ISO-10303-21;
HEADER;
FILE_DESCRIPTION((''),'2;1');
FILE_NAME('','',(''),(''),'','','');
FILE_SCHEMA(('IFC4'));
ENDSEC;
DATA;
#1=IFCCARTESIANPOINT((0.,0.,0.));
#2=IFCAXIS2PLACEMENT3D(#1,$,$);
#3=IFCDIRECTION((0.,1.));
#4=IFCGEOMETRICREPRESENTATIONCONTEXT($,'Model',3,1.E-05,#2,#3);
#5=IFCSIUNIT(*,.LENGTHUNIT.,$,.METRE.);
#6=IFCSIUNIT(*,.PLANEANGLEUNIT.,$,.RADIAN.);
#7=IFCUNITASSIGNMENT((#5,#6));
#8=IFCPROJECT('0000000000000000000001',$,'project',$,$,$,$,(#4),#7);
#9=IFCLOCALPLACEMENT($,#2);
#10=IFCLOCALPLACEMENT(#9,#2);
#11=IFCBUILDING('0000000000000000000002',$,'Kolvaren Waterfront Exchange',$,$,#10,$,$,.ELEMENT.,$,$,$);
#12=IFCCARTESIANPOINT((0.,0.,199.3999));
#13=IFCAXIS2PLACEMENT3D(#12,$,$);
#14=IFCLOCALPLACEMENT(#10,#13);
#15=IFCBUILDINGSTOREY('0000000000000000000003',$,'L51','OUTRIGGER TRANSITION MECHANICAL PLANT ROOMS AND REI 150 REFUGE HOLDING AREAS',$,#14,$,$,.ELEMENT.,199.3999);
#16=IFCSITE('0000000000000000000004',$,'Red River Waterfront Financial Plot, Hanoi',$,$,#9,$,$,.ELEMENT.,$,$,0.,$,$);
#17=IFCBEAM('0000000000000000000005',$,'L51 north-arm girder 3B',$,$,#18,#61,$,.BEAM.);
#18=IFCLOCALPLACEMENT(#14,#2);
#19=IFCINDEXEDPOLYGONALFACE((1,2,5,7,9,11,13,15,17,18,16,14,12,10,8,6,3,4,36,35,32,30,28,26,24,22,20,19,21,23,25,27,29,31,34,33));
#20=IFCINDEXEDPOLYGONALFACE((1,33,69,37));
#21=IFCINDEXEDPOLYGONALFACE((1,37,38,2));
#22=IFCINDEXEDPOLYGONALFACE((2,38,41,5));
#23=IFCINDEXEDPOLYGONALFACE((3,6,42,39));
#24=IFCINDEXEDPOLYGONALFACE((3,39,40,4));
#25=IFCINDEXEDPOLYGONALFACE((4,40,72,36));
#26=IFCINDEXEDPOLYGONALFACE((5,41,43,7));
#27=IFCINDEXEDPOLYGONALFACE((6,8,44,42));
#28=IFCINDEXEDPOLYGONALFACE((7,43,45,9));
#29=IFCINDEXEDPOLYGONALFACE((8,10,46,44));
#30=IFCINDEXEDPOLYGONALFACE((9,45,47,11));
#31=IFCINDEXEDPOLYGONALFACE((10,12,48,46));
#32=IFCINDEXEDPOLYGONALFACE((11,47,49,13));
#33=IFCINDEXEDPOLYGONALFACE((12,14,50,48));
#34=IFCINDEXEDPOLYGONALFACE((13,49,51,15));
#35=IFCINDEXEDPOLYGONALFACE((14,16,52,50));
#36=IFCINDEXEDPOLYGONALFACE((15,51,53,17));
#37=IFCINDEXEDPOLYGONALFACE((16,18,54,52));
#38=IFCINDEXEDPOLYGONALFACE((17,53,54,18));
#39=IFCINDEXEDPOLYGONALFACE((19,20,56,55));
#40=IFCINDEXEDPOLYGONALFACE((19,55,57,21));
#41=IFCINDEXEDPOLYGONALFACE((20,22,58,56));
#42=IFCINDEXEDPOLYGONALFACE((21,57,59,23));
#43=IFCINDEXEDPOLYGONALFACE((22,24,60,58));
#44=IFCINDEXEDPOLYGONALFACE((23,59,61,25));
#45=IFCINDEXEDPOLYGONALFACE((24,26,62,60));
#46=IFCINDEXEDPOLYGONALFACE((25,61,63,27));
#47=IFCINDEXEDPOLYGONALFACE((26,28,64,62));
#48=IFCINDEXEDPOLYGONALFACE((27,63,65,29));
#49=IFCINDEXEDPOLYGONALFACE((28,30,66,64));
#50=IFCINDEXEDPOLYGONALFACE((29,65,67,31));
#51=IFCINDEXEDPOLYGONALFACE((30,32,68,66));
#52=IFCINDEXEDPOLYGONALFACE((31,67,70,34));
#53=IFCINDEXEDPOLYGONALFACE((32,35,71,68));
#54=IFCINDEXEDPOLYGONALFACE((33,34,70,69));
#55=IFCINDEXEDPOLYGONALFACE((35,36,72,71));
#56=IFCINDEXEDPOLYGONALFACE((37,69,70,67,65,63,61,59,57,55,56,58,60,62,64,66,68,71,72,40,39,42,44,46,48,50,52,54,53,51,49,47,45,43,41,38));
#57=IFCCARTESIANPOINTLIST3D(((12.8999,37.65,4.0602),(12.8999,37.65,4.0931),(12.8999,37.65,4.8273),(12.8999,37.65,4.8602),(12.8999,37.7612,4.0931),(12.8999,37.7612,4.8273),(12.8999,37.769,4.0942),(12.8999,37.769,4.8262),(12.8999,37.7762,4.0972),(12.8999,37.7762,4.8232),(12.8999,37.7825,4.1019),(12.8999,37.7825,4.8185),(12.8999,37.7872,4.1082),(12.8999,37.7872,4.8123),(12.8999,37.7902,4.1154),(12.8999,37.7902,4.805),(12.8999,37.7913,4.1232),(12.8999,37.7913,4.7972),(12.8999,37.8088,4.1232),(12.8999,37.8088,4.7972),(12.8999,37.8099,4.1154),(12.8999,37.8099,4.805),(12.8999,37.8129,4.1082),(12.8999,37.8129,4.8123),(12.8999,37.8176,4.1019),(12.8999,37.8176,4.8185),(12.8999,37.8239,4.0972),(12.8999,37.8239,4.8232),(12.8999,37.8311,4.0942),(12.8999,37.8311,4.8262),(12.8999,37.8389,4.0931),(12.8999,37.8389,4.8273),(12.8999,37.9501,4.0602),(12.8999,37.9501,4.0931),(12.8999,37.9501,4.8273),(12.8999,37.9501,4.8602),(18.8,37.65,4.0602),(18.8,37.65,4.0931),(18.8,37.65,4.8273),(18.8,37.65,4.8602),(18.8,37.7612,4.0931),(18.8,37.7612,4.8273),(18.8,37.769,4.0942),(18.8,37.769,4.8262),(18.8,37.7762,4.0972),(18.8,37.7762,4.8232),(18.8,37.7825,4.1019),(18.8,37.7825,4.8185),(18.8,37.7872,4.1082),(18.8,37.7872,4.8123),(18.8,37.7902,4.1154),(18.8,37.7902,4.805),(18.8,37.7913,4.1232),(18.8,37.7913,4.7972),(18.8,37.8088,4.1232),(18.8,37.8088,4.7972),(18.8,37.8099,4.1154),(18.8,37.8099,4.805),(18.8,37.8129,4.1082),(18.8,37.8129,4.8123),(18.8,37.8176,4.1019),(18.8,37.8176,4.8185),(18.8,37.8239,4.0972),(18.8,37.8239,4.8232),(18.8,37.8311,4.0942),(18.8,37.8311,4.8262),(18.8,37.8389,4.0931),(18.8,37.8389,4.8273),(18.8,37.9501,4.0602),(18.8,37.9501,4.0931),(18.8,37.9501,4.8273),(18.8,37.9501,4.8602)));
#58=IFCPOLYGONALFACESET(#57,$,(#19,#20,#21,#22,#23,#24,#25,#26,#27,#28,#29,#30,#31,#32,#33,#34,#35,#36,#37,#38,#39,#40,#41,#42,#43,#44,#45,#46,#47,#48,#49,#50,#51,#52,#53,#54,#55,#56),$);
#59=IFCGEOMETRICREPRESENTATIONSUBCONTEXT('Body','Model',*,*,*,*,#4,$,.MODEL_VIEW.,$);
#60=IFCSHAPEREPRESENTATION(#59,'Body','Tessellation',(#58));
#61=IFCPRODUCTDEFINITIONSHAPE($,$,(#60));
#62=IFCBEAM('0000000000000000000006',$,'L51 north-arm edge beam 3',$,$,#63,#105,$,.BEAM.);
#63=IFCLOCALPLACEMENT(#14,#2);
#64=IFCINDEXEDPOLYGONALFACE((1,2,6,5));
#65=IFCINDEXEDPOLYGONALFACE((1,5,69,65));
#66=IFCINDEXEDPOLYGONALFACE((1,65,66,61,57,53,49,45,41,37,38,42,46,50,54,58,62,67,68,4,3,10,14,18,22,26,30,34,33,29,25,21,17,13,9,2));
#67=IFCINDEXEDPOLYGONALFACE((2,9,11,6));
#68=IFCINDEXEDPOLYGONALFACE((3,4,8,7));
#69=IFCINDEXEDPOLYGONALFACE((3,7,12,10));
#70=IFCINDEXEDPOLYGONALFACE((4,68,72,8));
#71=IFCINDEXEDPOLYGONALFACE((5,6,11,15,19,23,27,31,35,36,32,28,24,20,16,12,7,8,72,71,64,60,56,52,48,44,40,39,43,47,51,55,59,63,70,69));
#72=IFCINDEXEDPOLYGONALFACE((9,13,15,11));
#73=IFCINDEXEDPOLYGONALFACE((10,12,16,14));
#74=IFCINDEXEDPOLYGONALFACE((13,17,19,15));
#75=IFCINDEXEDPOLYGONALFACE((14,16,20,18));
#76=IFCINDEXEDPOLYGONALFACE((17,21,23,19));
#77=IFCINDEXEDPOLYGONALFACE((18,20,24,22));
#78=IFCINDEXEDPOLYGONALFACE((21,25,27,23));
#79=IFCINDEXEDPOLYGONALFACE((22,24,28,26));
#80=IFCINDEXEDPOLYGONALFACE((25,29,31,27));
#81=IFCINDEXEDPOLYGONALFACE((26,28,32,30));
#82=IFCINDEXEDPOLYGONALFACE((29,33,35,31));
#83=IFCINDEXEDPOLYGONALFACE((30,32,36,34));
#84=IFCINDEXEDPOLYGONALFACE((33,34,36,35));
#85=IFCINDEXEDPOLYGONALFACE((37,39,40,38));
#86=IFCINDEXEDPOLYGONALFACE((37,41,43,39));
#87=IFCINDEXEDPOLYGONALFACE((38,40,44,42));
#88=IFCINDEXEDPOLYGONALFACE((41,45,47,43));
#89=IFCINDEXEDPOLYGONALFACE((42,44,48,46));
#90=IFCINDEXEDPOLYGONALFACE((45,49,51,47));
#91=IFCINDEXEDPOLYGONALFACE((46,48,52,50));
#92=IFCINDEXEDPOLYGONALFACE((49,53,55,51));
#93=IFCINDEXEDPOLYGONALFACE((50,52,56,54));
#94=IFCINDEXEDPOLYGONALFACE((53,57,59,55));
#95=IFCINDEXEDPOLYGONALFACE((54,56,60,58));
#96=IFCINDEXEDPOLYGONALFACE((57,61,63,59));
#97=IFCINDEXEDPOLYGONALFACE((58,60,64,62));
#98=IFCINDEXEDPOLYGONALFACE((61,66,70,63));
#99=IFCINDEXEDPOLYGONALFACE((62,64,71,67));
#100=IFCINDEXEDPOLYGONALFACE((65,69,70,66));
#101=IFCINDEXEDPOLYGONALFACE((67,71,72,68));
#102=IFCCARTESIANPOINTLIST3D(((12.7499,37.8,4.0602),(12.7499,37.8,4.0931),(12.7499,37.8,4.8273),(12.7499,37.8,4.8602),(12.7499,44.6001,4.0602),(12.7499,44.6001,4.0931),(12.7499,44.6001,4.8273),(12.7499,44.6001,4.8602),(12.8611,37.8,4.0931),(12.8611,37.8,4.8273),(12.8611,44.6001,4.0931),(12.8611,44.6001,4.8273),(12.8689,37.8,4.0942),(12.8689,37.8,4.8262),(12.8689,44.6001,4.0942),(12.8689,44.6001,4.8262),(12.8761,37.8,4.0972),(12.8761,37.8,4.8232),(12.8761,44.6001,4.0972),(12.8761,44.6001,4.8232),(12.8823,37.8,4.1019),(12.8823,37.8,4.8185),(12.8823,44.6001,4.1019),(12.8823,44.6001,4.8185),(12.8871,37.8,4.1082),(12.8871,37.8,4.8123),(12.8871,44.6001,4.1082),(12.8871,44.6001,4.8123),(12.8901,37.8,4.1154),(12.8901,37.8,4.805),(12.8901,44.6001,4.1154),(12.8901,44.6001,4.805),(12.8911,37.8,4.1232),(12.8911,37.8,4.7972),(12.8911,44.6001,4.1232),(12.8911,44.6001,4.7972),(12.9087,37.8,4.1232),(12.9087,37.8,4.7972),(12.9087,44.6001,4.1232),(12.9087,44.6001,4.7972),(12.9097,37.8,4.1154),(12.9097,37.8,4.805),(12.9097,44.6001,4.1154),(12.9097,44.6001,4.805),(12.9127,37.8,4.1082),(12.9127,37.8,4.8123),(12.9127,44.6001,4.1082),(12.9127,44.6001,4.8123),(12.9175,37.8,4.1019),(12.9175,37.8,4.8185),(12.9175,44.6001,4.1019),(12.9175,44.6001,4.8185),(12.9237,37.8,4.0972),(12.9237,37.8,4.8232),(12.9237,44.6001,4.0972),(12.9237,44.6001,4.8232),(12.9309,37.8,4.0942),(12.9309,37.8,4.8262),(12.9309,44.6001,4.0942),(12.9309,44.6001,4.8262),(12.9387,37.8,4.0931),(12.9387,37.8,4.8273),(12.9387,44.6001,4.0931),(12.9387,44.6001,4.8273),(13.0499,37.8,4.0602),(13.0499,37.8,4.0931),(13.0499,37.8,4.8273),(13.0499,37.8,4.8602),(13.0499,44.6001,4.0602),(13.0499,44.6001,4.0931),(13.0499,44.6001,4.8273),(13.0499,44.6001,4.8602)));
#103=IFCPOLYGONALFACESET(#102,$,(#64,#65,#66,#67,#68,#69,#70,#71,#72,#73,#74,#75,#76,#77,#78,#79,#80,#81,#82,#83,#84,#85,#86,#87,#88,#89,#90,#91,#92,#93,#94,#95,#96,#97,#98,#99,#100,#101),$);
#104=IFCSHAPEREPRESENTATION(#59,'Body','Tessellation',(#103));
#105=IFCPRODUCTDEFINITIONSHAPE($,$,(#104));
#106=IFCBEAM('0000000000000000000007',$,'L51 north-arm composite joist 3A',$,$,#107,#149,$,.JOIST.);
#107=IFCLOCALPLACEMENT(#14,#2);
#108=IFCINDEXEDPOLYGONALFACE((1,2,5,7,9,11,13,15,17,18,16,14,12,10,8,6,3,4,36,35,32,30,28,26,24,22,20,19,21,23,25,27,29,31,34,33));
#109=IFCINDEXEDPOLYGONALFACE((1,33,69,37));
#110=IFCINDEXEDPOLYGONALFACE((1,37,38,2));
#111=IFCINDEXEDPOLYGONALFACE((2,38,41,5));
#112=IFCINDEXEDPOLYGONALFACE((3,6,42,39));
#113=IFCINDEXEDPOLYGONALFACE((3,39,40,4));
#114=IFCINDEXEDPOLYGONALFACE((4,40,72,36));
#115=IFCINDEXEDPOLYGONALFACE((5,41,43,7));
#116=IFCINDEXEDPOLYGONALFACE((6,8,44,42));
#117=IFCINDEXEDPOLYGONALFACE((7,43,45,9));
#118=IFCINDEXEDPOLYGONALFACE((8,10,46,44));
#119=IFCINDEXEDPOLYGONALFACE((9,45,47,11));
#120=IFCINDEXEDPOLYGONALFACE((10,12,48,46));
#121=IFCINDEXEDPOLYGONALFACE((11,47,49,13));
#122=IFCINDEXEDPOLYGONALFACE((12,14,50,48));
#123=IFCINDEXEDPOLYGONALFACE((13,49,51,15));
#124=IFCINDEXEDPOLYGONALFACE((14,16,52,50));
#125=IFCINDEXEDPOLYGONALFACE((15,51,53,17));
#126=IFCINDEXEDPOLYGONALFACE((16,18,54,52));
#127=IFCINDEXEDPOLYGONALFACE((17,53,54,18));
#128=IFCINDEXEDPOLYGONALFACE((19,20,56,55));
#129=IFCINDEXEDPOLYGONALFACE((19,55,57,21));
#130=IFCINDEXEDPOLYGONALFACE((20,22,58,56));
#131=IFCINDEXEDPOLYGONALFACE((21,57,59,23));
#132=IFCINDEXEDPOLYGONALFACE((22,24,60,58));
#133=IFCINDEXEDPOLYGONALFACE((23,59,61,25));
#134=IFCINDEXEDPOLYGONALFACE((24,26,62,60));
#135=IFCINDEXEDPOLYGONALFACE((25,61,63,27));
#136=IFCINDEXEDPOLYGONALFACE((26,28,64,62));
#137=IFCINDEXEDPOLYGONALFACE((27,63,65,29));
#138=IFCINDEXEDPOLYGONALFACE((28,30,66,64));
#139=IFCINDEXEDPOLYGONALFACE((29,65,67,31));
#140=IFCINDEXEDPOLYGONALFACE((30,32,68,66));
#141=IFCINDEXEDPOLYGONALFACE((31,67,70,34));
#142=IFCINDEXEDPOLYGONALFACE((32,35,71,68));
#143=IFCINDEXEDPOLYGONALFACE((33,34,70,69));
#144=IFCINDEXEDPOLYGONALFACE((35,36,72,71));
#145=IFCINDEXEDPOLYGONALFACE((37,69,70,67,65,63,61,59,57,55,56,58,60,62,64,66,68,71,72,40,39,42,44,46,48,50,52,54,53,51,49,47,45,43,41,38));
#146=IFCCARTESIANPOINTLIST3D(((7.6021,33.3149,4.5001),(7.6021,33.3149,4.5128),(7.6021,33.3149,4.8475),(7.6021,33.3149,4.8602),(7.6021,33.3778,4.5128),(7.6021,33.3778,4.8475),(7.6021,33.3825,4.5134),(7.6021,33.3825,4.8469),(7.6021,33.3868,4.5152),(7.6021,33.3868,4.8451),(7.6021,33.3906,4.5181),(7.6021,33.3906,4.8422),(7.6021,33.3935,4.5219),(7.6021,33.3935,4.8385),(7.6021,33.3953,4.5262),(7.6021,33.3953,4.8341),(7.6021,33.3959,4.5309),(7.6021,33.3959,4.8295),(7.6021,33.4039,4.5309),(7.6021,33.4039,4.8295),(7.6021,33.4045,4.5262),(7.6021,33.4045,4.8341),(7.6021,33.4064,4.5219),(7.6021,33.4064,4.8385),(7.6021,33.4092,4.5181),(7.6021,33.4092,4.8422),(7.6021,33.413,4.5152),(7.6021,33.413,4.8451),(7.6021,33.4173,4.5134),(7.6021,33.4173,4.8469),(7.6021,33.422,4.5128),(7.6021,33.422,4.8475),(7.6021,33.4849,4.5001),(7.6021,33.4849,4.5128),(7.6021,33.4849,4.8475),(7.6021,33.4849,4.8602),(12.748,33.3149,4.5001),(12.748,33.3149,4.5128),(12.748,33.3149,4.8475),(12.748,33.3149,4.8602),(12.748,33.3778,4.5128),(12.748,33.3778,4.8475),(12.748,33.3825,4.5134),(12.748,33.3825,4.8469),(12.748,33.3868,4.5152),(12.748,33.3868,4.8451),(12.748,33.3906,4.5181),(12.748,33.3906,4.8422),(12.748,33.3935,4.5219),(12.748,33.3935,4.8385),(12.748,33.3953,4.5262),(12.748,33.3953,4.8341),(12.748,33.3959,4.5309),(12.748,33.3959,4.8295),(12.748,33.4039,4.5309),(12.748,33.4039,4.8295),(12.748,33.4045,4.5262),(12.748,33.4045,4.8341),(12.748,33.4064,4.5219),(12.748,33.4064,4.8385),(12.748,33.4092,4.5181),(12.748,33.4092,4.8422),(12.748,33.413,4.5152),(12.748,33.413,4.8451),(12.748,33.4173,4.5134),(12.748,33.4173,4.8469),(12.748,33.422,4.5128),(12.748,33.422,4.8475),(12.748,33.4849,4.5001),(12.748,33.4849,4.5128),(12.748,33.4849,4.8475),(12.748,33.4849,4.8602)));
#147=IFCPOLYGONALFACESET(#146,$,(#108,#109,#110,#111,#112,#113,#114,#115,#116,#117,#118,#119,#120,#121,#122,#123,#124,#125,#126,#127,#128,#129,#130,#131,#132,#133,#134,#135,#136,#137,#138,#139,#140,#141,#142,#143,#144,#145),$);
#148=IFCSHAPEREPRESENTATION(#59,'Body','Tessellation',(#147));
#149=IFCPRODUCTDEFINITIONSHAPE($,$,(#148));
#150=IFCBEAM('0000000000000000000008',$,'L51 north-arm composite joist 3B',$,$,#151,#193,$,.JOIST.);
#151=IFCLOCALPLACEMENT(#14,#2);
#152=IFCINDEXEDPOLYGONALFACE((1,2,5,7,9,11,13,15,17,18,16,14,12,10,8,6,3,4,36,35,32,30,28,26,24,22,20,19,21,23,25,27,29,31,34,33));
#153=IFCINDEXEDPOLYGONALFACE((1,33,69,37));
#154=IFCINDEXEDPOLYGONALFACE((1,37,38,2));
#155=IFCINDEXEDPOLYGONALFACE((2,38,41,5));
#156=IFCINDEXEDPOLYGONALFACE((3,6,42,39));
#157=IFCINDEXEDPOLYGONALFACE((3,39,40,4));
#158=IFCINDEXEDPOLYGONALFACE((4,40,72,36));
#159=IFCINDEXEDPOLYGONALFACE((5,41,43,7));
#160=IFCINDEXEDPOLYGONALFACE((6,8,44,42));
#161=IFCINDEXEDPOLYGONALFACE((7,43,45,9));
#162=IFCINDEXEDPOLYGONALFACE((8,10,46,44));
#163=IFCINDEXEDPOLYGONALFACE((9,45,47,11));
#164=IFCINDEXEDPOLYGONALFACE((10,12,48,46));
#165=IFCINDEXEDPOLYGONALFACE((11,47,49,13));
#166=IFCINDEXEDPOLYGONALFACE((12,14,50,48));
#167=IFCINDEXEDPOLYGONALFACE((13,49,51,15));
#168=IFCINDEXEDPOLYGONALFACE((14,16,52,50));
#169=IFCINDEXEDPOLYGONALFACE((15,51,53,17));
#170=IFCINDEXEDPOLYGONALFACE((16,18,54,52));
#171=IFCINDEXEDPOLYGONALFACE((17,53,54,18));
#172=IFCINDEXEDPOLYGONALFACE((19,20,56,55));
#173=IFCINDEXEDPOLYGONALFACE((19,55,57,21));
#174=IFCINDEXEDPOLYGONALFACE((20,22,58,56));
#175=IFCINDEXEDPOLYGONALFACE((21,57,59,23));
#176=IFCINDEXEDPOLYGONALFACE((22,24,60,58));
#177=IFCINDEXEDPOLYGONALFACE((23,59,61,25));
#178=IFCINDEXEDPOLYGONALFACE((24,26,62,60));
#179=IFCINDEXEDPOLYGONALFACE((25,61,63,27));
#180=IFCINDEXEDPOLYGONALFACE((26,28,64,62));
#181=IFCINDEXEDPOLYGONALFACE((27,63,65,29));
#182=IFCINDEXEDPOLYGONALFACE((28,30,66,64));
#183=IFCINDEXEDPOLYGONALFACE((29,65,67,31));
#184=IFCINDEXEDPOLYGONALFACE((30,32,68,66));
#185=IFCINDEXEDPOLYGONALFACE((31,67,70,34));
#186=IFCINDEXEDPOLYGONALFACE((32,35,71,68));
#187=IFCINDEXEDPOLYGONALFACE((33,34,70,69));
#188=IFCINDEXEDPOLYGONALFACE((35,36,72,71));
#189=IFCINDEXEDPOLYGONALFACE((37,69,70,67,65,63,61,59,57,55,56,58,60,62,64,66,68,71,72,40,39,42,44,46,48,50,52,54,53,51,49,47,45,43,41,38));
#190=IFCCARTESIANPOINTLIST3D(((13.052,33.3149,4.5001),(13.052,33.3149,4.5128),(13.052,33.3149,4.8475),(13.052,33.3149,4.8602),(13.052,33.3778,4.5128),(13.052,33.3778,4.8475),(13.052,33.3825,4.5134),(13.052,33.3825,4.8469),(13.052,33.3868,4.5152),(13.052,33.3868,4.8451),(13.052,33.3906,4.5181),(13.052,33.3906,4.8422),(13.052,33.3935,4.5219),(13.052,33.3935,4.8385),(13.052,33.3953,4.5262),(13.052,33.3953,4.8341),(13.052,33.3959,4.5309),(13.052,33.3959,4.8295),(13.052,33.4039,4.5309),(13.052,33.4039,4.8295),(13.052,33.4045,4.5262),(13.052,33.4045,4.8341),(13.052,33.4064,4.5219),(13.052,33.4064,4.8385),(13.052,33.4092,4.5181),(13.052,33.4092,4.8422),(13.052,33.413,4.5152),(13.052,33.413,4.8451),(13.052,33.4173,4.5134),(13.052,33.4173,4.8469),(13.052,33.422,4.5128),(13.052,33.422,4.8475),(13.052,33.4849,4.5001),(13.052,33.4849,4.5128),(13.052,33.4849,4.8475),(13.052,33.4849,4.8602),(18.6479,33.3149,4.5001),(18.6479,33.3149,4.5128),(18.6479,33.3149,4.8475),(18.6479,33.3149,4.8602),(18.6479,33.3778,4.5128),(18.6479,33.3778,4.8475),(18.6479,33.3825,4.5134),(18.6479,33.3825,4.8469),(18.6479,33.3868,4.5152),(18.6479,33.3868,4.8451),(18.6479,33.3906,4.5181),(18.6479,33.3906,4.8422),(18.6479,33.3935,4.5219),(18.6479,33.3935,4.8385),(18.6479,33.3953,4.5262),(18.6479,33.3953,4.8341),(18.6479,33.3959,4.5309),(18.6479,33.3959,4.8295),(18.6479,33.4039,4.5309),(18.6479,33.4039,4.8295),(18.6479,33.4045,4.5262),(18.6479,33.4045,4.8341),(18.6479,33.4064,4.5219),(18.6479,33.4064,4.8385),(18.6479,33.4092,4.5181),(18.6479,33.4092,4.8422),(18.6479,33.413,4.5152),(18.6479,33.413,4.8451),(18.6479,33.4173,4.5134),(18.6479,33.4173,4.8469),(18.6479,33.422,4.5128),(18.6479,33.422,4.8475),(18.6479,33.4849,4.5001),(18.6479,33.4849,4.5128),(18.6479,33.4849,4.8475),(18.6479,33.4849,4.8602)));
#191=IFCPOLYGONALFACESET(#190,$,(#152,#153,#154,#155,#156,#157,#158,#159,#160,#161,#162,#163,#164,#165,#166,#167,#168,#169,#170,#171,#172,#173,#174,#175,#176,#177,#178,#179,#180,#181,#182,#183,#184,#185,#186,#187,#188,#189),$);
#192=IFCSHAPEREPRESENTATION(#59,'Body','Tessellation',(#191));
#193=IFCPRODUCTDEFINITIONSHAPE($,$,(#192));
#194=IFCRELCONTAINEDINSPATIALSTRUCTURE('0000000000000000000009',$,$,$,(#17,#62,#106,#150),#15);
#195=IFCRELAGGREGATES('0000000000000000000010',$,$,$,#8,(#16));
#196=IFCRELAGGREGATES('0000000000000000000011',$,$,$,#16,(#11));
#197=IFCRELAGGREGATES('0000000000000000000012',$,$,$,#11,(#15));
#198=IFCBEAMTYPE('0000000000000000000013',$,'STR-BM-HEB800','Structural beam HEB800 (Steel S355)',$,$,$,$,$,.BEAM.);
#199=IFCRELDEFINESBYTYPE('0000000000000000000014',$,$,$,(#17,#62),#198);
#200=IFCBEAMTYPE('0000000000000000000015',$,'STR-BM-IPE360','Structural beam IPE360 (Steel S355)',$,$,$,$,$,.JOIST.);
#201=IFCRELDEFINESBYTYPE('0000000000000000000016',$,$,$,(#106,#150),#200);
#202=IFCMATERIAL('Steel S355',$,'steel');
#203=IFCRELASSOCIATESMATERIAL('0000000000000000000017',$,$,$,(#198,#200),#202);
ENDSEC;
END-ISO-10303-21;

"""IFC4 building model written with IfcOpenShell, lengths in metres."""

from ifc_helpers import new_model, si_unit, direction, frame, origin, origin_2d, place, context, subcontext, project, spatial, i_section, extrude, material, material_profile, profile_set, type_object, element, save


model = new_model("IFC4")

# Units and contexts
model_context = context("Model", 3, precision=1e-05, world=origin(), true_north=direction((0.0, 1.0)))
body_context = subcontext(model_context, "Body", "Model", "MODEL_VIEW")
ifc_project = project(units=[si_unit("LENGTHUNIT", "METRE"), si_unit("PLANEANGLEUNIT", "RADIAN")], contexts=[model_context])

# Site, building, storey
site_placement = place(None, origin())
site = spatial("IfcSite", under=ifc_project, at=site_placement, Name="Red River Waterfront Financial Plot, Hanoi", CompositionType="ELEMENT", RefElevation=0.0)
building_placement = place(site_placement, origin())
building = spatial("IfcBuilding", under=site, at=building_placement, Name="Kolvaren Waterfront Exchange", CompositionType="ELEMENT")
storey_placement = place(building_placement, frame((0.0, 0.0, 199.3999)))
storey = spatial("IfcBuildingStorey", under=building, at=storey_placement, Name="L51", Description="OUTRIGGER TRANSITION MECHANICAL PLANT ROOMS AND REI 150 REFUGE HOLDING AREAS", CompositionType="ELEMENT", Elevation=199.3999)

# Beams
ifc_material_1 = material(Name="Steel S355", Category="steel")
ifc_material_profile_1 = material_profile(ifc_material_1, i_section(OverallWidth=0.3, OverallDepth=0.8, WebThickness=0.0176, FlangeThickness=0.033, FilletRadius=0.03, at=origin_2d()), Name="HEB800")
ifc_profile_set_1 = profile_set([ifc_material_profile_1], Name="Steel S355")
beam_type_1 = type_object("IfcBeamType", Name="STR-BM-HEB800", Description="Structural beam HEB800 (Steel S355)", PredefinedType="BEAM", material=ifc_profile_set_1)
beam_1_placement = place(storey_placement, frame((12.8999, 37.8, 4.4602), z_axis=(1.0, 0.0, 0.0), x_axis=(0.0, 1.0, 0.0)))
element("IfcBeam", 1, at=beam_1_placement, inside=storey, type_object=beam_type_1, Name="L51 north-arm girder 3B", PredefinedType="BEAM", context=body_context, shape_type="SweptSolid", body=[
    extrude(i_section(OverallWidth=0.3, OverallDepth=0.8, WebThickness=0.0176, FlangeThickness=0.033, FilletRadius=0.03, at=origin_2d()), origin(), (0.0, 0.0, 1.0), 5.9001),
])
beam_2_placement = place(storey_placement, frame((12.8999, 37.8, 4.4602), z_axis=(0.0, 1.0, 0.0), x_axis=(-1.0, 0.0, 0.0)))
element("IfcBeam", 2, at=beam_2_placement, inside=storey, type_object=beam_type_1, Name="L51 north-arm edge beam 3", PredefinedType="BEAM", context=body_context, shape_type="SweptSolid", body=[
    extrude(i_section(OverallWidth=0.3, OverallDepth=0.8, WebThickness=0.0176, FlangeThickness=0.033, FilletRadius=0.03, at=origin_2d()), origin(), (0.0, 0.0, 1.0), 6.8),
])
ifc_material_profile_2 = material_profile(ifc_material_1, i_section(OverallWidth=0.1699, OverallDepth=0.3601, WebThickness=0.0081, FlangeThickness=0.0127, FilletRadius=0.0181, at=origin_2d()), Name="IPE360")
ifc_profile_set_2 = profile_set([ifc_material_profile_2], Name="Steel S355")
beam_type_2 = type_object("IfcBeamType", Name="STR-BM-IPE360", Description="Structural beam IPE360 (Steel S355)", PredefinedType="JOIST", material=ifc_profile_set_2)
beam_3_placement = place(storey_placement, frame((7.6021, 33.3999, 4.6802), z_axis=(1.0, 0.0, 0.0), x_axis=(0.0, 1.0, 0.0)))
element("IfcBeam", 3, at=beam_3_placement, inside=storey, type_object=beam_type_2, Name="L51 north-arm composite joist 3A", PredefinedType="JOIST", context=body_context, shape_type="SweptSolid", body=[
    extrude(i_section(OverallWidth=0.1699, OverallDepth=0.3601, WebThickness=0.0081, FlangeThickness=0.0127, FilletRadius=0.0181, at=origin_2d()), origin(), (0.0, 0.0, 1.0), 5.146),
])
beam_4_placement = place(storey_placement, frame((13.052, 33.3999, 4.6802), z_axis=(1.0, 0.0, 0.0), x_axis=(0.0, 1.0, 0.0)))
element("IfcBeam", 4, at=beam_4_placement, inside=storey, type_object=beam_type_2, Name="L51 north-arm composite joist 3B", PredefinedType="JOIST", context=body_context, shape_type="SweptSolid", body=[
    extrude(i_section(OverallWidth=0.1699, OverallDepth=0.3601, WebThickness=0.0081, FlangeThickness=0.0127, FilletRadius=0.0181, at=origin_2d()), origin(), (0.0, 0.0, 1.0), 5.5959),
])

save(model, "model.ifc")
